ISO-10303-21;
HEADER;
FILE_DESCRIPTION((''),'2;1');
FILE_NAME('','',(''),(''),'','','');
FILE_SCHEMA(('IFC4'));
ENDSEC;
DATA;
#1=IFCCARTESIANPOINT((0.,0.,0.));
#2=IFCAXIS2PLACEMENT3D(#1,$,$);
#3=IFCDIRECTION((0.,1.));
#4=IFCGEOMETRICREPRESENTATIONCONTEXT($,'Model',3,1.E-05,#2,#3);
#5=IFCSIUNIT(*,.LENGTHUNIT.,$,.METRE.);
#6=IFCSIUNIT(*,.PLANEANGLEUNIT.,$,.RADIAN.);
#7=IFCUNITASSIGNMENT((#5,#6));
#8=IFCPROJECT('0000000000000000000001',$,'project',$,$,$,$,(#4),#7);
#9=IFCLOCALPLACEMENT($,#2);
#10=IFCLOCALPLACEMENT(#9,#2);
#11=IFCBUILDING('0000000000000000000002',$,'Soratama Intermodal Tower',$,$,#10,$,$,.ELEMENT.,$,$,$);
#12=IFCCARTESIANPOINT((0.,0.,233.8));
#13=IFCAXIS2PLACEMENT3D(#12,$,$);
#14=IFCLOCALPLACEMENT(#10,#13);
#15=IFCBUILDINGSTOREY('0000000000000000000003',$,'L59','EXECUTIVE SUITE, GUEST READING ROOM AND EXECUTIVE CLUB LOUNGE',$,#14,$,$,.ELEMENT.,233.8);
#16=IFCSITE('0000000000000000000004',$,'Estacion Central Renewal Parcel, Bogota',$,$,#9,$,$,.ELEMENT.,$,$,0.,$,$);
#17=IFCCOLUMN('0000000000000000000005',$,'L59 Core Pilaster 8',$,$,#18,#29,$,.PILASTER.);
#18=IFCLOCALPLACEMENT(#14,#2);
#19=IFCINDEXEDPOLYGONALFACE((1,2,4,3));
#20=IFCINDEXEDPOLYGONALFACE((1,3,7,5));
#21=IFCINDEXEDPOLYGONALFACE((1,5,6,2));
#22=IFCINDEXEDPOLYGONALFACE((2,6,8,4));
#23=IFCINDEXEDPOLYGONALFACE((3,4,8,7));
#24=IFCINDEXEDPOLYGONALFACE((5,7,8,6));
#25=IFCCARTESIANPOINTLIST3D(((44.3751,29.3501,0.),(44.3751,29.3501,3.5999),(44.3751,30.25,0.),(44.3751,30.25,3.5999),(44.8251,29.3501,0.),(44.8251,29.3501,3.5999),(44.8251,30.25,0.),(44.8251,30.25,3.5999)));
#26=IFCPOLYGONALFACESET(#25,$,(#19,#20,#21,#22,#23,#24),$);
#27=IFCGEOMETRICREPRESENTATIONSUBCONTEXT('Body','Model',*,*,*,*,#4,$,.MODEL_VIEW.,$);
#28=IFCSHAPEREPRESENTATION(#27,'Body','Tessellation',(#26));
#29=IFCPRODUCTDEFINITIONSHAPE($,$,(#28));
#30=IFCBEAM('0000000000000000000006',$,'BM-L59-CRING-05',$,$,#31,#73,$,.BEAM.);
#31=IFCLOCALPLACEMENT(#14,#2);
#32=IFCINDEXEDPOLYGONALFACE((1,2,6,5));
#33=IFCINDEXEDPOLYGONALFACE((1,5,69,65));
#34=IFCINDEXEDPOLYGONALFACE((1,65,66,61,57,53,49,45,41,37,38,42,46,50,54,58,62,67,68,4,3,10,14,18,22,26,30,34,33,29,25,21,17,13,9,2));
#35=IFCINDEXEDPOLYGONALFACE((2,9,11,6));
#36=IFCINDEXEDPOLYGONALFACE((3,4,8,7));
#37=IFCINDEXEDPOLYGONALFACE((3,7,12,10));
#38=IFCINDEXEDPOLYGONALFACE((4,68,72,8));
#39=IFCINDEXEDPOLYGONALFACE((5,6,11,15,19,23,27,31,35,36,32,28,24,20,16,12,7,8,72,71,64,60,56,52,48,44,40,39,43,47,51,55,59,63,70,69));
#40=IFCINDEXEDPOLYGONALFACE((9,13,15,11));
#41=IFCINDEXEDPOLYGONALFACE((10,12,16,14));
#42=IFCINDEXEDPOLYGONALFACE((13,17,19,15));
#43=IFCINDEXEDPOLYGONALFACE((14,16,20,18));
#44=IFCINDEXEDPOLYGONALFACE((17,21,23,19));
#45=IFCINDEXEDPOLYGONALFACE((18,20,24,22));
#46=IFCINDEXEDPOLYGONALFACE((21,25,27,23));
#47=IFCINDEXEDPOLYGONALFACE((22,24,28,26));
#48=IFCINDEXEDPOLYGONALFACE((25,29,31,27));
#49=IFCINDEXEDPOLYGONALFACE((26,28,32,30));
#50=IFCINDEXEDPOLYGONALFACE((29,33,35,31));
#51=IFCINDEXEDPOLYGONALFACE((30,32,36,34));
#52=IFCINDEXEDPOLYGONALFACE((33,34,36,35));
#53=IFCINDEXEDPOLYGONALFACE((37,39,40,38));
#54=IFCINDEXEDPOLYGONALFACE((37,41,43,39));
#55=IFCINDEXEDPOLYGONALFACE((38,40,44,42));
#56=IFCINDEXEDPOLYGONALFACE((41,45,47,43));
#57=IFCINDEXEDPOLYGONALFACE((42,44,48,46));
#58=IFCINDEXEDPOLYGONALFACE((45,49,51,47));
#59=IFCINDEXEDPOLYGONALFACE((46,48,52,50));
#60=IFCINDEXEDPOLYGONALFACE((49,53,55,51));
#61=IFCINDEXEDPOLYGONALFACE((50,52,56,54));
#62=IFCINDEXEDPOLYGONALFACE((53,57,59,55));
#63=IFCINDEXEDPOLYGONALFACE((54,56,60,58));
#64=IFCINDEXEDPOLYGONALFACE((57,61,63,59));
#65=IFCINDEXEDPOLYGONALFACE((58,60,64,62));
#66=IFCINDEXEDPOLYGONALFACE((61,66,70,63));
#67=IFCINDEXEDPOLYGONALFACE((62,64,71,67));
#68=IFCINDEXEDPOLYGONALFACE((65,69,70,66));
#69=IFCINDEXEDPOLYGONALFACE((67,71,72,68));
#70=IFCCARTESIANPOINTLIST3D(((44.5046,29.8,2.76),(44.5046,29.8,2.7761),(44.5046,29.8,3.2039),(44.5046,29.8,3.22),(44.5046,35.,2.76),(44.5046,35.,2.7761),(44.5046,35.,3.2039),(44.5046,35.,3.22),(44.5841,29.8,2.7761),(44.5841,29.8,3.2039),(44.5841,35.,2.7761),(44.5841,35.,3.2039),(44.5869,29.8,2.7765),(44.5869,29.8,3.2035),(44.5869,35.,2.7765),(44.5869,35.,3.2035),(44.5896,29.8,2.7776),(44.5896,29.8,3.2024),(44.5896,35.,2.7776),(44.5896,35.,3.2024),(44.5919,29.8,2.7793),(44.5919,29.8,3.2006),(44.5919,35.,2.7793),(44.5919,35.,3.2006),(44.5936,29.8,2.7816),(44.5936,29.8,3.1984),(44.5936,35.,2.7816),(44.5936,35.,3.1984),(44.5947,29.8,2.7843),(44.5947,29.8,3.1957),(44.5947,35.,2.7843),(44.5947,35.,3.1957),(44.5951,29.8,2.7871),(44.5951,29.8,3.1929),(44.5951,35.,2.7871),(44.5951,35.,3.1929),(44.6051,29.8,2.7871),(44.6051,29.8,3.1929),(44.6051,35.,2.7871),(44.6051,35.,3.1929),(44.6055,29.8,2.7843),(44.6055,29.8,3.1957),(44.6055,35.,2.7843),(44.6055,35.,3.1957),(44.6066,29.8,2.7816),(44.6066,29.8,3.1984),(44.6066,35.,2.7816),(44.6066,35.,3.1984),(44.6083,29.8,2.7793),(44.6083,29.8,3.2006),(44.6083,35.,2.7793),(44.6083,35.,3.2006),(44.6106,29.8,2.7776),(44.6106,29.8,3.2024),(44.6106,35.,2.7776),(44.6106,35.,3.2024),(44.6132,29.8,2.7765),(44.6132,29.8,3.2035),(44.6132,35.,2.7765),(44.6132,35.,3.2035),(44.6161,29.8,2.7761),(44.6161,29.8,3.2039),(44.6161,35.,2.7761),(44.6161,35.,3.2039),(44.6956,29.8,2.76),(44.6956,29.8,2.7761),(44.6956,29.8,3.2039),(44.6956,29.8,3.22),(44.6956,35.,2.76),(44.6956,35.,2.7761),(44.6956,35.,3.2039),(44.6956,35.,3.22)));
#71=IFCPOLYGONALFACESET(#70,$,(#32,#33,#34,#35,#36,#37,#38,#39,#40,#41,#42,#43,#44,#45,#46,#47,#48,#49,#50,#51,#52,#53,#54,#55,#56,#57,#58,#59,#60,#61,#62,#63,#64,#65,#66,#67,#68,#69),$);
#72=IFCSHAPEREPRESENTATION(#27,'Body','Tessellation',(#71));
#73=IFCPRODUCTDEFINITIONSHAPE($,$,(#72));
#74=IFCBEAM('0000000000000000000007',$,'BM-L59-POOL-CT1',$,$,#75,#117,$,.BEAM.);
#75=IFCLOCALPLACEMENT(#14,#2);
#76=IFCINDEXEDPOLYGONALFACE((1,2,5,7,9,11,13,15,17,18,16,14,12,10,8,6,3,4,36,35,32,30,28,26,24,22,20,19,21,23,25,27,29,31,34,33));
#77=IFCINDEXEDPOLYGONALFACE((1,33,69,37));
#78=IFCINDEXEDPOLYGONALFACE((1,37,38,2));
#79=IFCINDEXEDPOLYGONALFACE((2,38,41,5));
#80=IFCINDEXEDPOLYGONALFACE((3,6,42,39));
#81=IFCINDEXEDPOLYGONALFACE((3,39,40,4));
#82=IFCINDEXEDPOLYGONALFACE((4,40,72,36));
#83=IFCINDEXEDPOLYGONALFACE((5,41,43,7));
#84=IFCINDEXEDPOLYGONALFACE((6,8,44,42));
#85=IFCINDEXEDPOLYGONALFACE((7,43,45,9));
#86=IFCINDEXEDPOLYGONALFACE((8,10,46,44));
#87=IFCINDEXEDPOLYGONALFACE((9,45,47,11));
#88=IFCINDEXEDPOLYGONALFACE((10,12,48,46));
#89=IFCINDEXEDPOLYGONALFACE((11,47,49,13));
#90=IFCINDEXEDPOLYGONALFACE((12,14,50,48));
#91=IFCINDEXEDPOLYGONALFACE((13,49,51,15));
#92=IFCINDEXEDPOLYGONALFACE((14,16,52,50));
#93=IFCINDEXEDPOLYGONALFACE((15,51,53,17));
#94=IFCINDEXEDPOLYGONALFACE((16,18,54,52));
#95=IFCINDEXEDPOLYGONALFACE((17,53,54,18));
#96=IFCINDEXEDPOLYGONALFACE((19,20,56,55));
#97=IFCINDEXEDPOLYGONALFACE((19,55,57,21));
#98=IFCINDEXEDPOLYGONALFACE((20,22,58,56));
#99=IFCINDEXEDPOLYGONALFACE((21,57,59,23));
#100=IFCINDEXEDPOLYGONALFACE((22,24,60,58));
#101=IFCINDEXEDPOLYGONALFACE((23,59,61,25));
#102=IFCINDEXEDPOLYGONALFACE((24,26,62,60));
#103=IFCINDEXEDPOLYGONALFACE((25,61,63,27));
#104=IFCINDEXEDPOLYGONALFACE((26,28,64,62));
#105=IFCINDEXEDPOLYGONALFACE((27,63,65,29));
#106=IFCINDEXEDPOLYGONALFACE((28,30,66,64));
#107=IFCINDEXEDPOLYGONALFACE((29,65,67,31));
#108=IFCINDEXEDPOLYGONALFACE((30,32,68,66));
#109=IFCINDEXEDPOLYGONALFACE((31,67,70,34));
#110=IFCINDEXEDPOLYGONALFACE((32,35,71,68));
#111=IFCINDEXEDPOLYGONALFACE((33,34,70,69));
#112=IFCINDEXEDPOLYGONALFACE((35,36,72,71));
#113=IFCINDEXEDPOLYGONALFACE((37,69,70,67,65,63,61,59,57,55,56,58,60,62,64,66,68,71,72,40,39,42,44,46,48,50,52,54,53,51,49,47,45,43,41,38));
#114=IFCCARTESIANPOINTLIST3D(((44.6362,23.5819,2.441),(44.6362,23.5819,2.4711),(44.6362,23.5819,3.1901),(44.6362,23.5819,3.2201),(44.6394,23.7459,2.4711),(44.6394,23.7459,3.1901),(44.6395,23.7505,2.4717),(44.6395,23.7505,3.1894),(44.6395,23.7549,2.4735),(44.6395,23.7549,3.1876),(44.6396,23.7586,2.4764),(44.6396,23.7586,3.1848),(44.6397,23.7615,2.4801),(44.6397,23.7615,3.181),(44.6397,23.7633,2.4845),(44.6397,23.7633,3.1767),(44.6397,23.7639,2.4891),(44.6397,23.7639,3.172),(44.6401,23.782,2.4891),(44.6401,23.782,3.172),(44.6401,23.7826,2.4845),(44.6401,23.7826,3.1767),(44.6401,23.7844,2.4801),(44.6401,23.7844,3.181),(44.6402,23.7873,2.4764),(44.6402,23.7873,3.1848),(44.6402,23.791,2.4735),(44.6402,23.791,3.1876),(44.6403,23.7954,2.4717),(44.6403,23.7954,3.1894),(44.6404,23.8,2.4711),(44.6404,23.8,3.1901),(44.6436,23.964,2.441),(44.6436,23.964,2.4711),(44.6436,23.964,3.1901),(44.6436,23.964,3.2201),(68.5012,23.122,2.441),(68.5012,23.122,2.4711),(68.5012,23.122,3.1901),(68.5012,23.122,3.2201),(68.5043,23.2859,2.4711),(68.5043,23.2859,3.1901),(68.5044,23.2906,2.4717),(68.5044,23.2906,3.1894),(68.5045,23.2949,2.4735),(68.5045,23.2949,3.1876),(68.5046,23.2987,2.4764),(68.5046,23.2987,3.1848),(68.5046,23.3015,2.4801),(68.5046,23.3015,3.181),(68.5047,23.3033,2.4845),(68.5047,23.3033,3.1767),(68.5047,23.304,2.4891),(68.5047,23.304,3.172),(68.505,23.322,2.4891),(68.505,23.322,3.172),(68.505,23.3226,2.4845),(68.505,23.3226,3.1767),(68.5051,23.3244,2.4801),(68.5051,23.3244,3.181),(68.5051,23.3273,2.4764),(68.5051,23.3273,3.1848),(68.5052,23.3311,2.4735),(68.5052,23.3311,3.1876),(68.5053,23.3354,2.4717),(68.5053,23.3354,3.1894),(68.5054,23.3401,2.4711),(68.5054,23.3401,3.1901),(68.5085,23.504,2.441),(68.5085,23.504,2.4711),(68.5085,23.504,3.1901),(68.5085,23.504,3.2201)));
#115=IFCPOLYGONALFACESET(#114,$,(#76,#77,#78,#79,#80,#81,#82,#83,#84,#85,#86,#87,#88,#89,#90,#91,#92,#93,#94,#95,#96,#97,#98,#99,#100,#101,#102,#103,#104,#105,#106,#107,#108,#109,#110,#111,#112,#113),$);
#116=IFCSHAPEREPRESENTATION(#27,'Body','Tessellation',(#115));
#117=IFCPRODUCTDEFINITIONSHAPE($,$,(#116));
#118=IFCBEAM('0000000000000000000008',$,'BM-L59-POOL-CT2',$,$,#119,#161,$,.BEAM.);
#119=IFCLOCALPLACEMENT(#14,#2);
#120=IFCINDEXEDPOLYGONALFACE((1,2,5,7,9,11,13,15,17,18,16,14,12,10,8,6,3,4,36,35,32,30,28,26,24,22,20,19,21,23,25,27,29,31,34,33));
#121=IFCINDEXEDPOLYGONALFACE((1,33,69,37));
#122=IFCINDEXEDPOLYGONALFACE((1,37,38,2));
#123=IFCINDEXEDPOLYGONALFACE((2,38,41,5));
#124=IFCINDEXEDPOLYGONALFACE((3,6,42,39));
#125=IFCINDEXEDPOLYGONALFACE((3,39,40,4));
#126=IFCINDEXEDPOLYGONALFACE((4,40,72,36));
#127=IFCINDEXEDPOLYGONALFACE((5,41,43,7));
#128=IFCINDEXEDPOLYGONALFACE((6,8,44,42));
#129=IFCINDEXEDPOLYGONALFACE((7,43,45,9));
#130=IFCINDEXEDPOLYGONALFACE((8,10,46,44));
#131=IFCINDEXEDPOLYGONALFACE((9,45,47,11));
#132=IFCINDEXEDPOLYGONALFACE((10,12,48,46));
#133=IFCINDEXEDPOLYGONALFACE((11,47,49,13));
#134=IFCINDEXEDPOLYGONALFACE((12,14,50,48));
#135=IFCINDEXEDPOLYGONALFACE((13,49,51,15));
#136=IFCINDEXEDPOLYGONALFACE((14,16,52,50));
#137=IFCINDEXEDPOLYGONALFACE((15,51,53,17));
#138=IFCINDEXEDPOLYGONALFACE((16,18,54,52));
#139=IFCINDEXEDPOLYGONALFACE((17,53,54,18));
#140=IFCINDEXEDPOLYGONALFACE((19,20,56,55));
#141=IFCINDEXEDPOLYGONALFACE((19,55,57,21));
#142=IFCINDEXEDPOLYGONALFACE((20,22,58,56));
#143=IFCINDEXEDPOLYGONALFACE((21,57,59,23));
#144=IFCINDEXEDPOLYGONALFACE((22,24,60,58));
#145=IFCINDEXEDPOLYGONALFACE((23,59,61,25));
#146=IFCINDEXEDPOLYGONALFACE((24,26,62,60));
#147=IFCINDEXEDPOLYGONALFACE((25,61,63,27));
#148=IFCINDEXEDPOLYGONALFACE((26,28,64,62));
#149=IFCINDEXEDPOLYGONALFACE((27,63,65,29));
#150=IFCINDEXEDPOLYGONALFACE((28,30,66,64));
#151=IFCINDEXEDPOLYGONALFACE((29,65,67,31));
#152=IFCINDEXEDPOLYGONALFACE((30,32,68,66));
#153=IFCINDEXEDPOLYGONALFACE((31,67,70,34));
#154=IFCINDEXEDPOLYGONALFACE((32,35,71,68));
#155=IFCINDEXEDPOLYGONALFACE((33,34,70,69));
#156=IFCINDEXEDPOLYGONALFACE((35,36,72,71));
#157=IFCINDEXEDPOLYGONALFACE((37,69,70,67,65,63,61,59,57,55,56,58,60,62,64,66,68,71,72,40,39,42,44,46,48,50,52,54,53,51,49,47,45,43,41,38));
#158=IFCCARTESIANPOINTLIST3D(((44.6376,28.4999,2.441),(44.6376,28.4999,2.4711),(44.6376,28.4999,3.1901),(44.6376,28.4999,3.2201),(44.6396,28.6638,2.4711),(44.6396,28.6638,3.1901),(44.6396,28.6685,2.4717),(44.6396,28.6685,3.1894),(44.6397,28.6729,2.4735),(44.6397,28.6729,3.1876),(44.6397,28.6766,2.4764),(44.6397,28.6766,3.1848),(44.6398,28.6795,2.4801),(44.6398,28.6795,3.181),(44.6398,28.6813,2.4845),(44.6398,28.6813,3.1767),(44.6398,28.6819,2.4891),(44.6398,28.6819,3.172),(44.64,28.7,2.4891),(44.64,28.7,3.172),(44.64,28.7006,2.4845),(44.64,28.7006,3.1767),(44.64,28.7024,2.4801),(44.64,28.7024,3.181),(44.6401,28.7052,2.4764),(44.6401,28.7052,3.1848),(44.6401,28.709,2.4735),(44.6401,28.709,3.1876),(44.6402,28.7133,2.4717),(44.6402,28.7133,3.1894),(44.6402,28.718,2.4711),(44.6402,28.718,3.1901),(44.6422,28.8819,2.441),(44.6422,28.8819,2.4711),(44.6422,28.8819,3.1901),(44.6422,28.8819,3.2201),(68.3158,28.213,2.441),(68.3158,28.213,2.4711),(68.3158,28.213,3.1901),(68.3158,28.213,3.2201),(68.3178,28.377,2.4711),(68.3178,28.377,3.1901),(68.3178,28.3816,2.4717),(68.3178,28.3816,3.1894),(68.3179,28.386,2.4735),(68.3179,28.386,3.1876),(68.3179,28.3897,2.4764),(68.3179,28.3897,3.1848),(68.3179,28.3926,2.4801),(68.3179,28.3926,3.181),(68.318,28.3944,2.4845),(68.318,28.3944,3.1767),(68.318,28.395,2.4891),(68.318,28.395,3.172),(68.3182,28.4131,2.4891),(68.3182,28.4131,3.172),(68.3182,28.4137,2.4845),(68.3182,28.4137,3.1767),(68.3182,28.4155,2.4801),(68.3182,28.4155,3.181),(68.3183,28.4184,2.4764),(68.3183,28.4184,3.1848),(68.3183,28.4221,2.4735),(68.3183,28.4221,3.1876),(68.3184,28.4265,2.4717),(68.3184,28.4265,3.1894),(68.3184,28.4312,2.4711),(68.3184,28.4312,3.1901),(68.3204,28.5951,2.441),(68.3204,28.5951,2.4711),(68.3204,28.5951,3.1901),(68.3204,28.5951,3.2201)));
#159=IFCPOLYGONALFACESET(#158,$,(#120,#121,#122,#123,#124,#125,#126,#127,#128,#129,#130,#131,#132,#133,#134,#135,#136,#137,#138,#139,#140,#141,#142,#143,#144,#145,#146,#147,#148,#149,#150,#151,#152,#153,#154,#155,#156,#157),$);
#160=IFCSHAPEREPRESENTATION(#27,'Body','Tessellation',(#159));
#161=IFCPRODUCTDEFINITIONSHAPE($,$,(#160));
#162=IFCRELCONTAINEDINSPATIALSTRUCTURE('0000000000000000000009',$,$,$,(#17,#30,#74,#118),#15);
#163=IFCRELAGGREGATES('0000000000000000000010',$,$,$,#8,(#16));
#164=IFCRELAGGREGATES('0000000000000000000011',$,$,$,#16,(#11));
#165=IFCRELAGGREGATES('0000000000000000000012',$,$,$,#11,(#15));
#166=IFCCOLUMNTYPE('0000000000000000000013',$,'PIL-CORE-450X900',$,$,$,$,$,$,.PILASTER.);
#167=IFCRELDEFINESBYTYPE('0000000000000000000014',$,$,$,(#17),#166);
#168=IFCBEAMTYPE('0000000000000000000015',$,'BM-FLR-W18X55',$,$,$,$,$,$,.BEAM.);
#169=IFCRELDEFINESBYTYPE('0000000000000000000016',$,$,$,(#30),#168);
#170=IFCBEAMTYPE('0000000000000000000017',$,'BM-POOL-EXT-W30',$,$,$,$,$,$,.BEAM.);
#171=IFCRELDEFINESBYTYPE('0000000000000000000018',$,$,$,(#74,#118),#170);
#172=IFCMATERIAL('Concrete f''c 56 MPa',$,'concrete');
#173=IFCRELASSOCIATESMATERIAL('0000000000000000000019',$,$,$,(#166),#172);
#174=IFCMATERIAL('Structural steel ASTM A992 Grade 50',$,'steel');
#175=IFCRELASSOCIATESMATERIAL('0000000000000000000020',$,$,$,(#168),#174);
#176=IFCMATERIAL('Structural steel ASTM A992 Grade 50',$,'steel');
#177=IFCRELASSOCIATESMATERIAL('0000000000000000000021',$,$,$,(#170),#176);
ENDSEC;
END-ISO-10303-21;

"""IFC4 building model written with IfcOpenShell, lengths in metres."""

from ifc_helpers import new_model, si_unit, direction, frame, origin, origin_2d, place, context, subcontext, project, spatial, rectangle, i_section, extrude, material, material_profile, profile_set, type_object, element, save


model = new_model("IFC4")

# Units and contexts
model_context = context("Model", 3, precision=1e-05, world=origin(), true_north=direction((0.0, 1.0)))
body_context = subcontext(model_context, "Body", "Model", "MODEL_VIEW")
ifc_project = project(units=[si_unit("LENGTHUNIT", "METRE"), si_unit("PLANEANGLEUNIT", "RADIAN")], contexts=[model_context])

# Site, building, storey
site_placement = place(None, origin())
site = spatial("IfcSite", under=ifc_project, at=site_placement, Name="Estacion Central Renewal Parcel, Bogota", CompositionType="ELEMENT", RefElevation=0.0)
building_placement = place(site_placement, origin())
building = spatial("IfcBuilding", under=site, at=building_placement, Name="Soratama Intermodal Tower", CompositionType="ELEMENT")
storey_placement = place(building_placement, frame((0.0, 0.0, 233.8)))
storey = spatial("IfcBuildingStorey", under=building, at=storey_placement, Name="L59", Description="EXECUTIVE SUITE, GUEST READING ROOM AND EXECUTIVE CLUB LOUNGE", CompositionType="ELEMENT", Elevation=233.8)

# Column
ifc_material_1 = material(Name="Concrete f'c 56 MPa", Category="concrete")
ifc_material_profile_1 = material_profile(ifc_material_1, rectangle(XDim=0.45, YDim=0.8999, at=origin_2d()), Name="RC450X900")
ifc_profile_set_1 = profile_set([ifc_material_profile_1], Name="Concrete f'c 56 MPa")
column_type = type_object("IfcColumnType", Name="PIL-CORE-450X900", PredefinedType="PILASTER", material=ifc_profile_set_1)
column_placement = place(storey_placement, frame((44.6001, 29.8, 0.0), z_axis=(0.0, 0.0, 1.0), x_axis=(1.0, 0.0, 0.0)))
element("IfcColumn", 1, at=column_placement, inside=storey, type_object=column_type, Name="L59 Core Pilaster 8", PredefinedType="PILASTER", context=body_context, shape_type="SweptSolid", body=[
    extrude(rectangle(XDim=0.45, YDim=0.8999, at=origin_2d()), origin(), (0.0, 0.0, 1.0), 3.5999),
])

# Beams
ifc_material_2 = material(Name="Structural steel ASTM A992 Grade 50", Category="steel")
ifc_material_profile_2 = material_profile(ifc_material_2, i_section(OverallWidth=0.1909, OverallDepth=0.46, WebThickness=0.01, FlangeThickness=0.0161, FilletRadius=0.011, at=origin_2d()), Name="W18X55")
ifc_profile_set_2 = profile_set([ifc_material_profile_2], Name="Structural steel ASTM A992 Grade 50")
beam_type_1 = type_object("IfcBeamType", Name="BM-FLR-W18X55", PredefinedType="BEAM", material=ifc_profile_set_2)
beam_1_placement = place(storey_placement, frame((44.6001, 29.8, 2.99), z_axis=(0.0, 1.0, 0.0), x_axis=(-1.0, 0.0, 0.0)))
element("IfcBeam", 2, at=beam_1_placement, inside=storey, type_object=beam_type_1, Name="BM-L59-CRING-05", PredefinedType="BEAM", context=body_context, shape_type="SweptSolid", body=[
    extrude(i_section(OverallWidth=0.1909, OverallDepth=0.46, WebThickness=0.01, FlangeThickness=0.0161, FilletRadius=0.011, at=origin_2d()), origin(), (0.0, 0.0, 1.0), 5.2),
])
ifc_material_3 = material(Name="Structural steel ASTM A992 Grade 50", Category="steel")
ifc_material_profile_3 = material_profile(ifc_material_3, i_section(OverallWidth=0.3821, OverallDepth=0.7791, WebThickness=0.0181, FlangeThickness=0.03, FilletRadius=0.0181, at=origin_2d()), Name="W30X191")
ifc_profile_set_3 = profile_set([ifc_material_profile_3], Name="Structural steel ASTM A992 Grade 50")
beam_type_2 = type_object("IfcBeamType", Name="BM-POOL-EXT-W30", PredefinedType="BEAM", material=ifc_profile_set_3)
beam_2_placement = place(storey_placement, frame((44.6399, 23.7729, 2.8306), z_axis=(0.999814, -0.01927, 0.0), x_axis=(0.01927, 0.999814, 0.0)))
element("IfcBeam", 3, at=beam_2_placement, inside=storey, type_object=beam_type_2, Name="BM-L59-POOL-CT1", PredefinedType="BEAM", context=body_context, shape_type="SweptSolid", body=[
    extrude(i_section(OverallWidth=0.3821, OverallDepth=0.7791, WebThickness=0.0181, FlangeThickness=0.03, FilletRadius=0.0181, at=origin_2d()), origin(), (0.0, 0.0, 1.0), 23.8694),
])
beam_3_placement = place(storey_placement, frame((44.6399, 28.6909, 2.8306), z_axis=(0.999927, -0.012114, 0.0), x_axis=(0.012114, 0.999927, 0.0)))
element("IfcBeam", 4, at=beam_3_placement, inside=storey, type_object=beam_type_2, Name="BM-L59-POOL-CT2", PredefinedType="BEAM", context=body_context, shape_type="SweptSolid", body=[
    extrude(i_section(OverallWidth=0.3821, OverallDepth=0.7791, WebThickness=0.0181, FlangeThickness=0.03, FilletRadius=0.0181, at=origin_2d()), origin(), (0.0, 0.0, 1.0), 23.6799),
])

save(model, "model.ifc")
